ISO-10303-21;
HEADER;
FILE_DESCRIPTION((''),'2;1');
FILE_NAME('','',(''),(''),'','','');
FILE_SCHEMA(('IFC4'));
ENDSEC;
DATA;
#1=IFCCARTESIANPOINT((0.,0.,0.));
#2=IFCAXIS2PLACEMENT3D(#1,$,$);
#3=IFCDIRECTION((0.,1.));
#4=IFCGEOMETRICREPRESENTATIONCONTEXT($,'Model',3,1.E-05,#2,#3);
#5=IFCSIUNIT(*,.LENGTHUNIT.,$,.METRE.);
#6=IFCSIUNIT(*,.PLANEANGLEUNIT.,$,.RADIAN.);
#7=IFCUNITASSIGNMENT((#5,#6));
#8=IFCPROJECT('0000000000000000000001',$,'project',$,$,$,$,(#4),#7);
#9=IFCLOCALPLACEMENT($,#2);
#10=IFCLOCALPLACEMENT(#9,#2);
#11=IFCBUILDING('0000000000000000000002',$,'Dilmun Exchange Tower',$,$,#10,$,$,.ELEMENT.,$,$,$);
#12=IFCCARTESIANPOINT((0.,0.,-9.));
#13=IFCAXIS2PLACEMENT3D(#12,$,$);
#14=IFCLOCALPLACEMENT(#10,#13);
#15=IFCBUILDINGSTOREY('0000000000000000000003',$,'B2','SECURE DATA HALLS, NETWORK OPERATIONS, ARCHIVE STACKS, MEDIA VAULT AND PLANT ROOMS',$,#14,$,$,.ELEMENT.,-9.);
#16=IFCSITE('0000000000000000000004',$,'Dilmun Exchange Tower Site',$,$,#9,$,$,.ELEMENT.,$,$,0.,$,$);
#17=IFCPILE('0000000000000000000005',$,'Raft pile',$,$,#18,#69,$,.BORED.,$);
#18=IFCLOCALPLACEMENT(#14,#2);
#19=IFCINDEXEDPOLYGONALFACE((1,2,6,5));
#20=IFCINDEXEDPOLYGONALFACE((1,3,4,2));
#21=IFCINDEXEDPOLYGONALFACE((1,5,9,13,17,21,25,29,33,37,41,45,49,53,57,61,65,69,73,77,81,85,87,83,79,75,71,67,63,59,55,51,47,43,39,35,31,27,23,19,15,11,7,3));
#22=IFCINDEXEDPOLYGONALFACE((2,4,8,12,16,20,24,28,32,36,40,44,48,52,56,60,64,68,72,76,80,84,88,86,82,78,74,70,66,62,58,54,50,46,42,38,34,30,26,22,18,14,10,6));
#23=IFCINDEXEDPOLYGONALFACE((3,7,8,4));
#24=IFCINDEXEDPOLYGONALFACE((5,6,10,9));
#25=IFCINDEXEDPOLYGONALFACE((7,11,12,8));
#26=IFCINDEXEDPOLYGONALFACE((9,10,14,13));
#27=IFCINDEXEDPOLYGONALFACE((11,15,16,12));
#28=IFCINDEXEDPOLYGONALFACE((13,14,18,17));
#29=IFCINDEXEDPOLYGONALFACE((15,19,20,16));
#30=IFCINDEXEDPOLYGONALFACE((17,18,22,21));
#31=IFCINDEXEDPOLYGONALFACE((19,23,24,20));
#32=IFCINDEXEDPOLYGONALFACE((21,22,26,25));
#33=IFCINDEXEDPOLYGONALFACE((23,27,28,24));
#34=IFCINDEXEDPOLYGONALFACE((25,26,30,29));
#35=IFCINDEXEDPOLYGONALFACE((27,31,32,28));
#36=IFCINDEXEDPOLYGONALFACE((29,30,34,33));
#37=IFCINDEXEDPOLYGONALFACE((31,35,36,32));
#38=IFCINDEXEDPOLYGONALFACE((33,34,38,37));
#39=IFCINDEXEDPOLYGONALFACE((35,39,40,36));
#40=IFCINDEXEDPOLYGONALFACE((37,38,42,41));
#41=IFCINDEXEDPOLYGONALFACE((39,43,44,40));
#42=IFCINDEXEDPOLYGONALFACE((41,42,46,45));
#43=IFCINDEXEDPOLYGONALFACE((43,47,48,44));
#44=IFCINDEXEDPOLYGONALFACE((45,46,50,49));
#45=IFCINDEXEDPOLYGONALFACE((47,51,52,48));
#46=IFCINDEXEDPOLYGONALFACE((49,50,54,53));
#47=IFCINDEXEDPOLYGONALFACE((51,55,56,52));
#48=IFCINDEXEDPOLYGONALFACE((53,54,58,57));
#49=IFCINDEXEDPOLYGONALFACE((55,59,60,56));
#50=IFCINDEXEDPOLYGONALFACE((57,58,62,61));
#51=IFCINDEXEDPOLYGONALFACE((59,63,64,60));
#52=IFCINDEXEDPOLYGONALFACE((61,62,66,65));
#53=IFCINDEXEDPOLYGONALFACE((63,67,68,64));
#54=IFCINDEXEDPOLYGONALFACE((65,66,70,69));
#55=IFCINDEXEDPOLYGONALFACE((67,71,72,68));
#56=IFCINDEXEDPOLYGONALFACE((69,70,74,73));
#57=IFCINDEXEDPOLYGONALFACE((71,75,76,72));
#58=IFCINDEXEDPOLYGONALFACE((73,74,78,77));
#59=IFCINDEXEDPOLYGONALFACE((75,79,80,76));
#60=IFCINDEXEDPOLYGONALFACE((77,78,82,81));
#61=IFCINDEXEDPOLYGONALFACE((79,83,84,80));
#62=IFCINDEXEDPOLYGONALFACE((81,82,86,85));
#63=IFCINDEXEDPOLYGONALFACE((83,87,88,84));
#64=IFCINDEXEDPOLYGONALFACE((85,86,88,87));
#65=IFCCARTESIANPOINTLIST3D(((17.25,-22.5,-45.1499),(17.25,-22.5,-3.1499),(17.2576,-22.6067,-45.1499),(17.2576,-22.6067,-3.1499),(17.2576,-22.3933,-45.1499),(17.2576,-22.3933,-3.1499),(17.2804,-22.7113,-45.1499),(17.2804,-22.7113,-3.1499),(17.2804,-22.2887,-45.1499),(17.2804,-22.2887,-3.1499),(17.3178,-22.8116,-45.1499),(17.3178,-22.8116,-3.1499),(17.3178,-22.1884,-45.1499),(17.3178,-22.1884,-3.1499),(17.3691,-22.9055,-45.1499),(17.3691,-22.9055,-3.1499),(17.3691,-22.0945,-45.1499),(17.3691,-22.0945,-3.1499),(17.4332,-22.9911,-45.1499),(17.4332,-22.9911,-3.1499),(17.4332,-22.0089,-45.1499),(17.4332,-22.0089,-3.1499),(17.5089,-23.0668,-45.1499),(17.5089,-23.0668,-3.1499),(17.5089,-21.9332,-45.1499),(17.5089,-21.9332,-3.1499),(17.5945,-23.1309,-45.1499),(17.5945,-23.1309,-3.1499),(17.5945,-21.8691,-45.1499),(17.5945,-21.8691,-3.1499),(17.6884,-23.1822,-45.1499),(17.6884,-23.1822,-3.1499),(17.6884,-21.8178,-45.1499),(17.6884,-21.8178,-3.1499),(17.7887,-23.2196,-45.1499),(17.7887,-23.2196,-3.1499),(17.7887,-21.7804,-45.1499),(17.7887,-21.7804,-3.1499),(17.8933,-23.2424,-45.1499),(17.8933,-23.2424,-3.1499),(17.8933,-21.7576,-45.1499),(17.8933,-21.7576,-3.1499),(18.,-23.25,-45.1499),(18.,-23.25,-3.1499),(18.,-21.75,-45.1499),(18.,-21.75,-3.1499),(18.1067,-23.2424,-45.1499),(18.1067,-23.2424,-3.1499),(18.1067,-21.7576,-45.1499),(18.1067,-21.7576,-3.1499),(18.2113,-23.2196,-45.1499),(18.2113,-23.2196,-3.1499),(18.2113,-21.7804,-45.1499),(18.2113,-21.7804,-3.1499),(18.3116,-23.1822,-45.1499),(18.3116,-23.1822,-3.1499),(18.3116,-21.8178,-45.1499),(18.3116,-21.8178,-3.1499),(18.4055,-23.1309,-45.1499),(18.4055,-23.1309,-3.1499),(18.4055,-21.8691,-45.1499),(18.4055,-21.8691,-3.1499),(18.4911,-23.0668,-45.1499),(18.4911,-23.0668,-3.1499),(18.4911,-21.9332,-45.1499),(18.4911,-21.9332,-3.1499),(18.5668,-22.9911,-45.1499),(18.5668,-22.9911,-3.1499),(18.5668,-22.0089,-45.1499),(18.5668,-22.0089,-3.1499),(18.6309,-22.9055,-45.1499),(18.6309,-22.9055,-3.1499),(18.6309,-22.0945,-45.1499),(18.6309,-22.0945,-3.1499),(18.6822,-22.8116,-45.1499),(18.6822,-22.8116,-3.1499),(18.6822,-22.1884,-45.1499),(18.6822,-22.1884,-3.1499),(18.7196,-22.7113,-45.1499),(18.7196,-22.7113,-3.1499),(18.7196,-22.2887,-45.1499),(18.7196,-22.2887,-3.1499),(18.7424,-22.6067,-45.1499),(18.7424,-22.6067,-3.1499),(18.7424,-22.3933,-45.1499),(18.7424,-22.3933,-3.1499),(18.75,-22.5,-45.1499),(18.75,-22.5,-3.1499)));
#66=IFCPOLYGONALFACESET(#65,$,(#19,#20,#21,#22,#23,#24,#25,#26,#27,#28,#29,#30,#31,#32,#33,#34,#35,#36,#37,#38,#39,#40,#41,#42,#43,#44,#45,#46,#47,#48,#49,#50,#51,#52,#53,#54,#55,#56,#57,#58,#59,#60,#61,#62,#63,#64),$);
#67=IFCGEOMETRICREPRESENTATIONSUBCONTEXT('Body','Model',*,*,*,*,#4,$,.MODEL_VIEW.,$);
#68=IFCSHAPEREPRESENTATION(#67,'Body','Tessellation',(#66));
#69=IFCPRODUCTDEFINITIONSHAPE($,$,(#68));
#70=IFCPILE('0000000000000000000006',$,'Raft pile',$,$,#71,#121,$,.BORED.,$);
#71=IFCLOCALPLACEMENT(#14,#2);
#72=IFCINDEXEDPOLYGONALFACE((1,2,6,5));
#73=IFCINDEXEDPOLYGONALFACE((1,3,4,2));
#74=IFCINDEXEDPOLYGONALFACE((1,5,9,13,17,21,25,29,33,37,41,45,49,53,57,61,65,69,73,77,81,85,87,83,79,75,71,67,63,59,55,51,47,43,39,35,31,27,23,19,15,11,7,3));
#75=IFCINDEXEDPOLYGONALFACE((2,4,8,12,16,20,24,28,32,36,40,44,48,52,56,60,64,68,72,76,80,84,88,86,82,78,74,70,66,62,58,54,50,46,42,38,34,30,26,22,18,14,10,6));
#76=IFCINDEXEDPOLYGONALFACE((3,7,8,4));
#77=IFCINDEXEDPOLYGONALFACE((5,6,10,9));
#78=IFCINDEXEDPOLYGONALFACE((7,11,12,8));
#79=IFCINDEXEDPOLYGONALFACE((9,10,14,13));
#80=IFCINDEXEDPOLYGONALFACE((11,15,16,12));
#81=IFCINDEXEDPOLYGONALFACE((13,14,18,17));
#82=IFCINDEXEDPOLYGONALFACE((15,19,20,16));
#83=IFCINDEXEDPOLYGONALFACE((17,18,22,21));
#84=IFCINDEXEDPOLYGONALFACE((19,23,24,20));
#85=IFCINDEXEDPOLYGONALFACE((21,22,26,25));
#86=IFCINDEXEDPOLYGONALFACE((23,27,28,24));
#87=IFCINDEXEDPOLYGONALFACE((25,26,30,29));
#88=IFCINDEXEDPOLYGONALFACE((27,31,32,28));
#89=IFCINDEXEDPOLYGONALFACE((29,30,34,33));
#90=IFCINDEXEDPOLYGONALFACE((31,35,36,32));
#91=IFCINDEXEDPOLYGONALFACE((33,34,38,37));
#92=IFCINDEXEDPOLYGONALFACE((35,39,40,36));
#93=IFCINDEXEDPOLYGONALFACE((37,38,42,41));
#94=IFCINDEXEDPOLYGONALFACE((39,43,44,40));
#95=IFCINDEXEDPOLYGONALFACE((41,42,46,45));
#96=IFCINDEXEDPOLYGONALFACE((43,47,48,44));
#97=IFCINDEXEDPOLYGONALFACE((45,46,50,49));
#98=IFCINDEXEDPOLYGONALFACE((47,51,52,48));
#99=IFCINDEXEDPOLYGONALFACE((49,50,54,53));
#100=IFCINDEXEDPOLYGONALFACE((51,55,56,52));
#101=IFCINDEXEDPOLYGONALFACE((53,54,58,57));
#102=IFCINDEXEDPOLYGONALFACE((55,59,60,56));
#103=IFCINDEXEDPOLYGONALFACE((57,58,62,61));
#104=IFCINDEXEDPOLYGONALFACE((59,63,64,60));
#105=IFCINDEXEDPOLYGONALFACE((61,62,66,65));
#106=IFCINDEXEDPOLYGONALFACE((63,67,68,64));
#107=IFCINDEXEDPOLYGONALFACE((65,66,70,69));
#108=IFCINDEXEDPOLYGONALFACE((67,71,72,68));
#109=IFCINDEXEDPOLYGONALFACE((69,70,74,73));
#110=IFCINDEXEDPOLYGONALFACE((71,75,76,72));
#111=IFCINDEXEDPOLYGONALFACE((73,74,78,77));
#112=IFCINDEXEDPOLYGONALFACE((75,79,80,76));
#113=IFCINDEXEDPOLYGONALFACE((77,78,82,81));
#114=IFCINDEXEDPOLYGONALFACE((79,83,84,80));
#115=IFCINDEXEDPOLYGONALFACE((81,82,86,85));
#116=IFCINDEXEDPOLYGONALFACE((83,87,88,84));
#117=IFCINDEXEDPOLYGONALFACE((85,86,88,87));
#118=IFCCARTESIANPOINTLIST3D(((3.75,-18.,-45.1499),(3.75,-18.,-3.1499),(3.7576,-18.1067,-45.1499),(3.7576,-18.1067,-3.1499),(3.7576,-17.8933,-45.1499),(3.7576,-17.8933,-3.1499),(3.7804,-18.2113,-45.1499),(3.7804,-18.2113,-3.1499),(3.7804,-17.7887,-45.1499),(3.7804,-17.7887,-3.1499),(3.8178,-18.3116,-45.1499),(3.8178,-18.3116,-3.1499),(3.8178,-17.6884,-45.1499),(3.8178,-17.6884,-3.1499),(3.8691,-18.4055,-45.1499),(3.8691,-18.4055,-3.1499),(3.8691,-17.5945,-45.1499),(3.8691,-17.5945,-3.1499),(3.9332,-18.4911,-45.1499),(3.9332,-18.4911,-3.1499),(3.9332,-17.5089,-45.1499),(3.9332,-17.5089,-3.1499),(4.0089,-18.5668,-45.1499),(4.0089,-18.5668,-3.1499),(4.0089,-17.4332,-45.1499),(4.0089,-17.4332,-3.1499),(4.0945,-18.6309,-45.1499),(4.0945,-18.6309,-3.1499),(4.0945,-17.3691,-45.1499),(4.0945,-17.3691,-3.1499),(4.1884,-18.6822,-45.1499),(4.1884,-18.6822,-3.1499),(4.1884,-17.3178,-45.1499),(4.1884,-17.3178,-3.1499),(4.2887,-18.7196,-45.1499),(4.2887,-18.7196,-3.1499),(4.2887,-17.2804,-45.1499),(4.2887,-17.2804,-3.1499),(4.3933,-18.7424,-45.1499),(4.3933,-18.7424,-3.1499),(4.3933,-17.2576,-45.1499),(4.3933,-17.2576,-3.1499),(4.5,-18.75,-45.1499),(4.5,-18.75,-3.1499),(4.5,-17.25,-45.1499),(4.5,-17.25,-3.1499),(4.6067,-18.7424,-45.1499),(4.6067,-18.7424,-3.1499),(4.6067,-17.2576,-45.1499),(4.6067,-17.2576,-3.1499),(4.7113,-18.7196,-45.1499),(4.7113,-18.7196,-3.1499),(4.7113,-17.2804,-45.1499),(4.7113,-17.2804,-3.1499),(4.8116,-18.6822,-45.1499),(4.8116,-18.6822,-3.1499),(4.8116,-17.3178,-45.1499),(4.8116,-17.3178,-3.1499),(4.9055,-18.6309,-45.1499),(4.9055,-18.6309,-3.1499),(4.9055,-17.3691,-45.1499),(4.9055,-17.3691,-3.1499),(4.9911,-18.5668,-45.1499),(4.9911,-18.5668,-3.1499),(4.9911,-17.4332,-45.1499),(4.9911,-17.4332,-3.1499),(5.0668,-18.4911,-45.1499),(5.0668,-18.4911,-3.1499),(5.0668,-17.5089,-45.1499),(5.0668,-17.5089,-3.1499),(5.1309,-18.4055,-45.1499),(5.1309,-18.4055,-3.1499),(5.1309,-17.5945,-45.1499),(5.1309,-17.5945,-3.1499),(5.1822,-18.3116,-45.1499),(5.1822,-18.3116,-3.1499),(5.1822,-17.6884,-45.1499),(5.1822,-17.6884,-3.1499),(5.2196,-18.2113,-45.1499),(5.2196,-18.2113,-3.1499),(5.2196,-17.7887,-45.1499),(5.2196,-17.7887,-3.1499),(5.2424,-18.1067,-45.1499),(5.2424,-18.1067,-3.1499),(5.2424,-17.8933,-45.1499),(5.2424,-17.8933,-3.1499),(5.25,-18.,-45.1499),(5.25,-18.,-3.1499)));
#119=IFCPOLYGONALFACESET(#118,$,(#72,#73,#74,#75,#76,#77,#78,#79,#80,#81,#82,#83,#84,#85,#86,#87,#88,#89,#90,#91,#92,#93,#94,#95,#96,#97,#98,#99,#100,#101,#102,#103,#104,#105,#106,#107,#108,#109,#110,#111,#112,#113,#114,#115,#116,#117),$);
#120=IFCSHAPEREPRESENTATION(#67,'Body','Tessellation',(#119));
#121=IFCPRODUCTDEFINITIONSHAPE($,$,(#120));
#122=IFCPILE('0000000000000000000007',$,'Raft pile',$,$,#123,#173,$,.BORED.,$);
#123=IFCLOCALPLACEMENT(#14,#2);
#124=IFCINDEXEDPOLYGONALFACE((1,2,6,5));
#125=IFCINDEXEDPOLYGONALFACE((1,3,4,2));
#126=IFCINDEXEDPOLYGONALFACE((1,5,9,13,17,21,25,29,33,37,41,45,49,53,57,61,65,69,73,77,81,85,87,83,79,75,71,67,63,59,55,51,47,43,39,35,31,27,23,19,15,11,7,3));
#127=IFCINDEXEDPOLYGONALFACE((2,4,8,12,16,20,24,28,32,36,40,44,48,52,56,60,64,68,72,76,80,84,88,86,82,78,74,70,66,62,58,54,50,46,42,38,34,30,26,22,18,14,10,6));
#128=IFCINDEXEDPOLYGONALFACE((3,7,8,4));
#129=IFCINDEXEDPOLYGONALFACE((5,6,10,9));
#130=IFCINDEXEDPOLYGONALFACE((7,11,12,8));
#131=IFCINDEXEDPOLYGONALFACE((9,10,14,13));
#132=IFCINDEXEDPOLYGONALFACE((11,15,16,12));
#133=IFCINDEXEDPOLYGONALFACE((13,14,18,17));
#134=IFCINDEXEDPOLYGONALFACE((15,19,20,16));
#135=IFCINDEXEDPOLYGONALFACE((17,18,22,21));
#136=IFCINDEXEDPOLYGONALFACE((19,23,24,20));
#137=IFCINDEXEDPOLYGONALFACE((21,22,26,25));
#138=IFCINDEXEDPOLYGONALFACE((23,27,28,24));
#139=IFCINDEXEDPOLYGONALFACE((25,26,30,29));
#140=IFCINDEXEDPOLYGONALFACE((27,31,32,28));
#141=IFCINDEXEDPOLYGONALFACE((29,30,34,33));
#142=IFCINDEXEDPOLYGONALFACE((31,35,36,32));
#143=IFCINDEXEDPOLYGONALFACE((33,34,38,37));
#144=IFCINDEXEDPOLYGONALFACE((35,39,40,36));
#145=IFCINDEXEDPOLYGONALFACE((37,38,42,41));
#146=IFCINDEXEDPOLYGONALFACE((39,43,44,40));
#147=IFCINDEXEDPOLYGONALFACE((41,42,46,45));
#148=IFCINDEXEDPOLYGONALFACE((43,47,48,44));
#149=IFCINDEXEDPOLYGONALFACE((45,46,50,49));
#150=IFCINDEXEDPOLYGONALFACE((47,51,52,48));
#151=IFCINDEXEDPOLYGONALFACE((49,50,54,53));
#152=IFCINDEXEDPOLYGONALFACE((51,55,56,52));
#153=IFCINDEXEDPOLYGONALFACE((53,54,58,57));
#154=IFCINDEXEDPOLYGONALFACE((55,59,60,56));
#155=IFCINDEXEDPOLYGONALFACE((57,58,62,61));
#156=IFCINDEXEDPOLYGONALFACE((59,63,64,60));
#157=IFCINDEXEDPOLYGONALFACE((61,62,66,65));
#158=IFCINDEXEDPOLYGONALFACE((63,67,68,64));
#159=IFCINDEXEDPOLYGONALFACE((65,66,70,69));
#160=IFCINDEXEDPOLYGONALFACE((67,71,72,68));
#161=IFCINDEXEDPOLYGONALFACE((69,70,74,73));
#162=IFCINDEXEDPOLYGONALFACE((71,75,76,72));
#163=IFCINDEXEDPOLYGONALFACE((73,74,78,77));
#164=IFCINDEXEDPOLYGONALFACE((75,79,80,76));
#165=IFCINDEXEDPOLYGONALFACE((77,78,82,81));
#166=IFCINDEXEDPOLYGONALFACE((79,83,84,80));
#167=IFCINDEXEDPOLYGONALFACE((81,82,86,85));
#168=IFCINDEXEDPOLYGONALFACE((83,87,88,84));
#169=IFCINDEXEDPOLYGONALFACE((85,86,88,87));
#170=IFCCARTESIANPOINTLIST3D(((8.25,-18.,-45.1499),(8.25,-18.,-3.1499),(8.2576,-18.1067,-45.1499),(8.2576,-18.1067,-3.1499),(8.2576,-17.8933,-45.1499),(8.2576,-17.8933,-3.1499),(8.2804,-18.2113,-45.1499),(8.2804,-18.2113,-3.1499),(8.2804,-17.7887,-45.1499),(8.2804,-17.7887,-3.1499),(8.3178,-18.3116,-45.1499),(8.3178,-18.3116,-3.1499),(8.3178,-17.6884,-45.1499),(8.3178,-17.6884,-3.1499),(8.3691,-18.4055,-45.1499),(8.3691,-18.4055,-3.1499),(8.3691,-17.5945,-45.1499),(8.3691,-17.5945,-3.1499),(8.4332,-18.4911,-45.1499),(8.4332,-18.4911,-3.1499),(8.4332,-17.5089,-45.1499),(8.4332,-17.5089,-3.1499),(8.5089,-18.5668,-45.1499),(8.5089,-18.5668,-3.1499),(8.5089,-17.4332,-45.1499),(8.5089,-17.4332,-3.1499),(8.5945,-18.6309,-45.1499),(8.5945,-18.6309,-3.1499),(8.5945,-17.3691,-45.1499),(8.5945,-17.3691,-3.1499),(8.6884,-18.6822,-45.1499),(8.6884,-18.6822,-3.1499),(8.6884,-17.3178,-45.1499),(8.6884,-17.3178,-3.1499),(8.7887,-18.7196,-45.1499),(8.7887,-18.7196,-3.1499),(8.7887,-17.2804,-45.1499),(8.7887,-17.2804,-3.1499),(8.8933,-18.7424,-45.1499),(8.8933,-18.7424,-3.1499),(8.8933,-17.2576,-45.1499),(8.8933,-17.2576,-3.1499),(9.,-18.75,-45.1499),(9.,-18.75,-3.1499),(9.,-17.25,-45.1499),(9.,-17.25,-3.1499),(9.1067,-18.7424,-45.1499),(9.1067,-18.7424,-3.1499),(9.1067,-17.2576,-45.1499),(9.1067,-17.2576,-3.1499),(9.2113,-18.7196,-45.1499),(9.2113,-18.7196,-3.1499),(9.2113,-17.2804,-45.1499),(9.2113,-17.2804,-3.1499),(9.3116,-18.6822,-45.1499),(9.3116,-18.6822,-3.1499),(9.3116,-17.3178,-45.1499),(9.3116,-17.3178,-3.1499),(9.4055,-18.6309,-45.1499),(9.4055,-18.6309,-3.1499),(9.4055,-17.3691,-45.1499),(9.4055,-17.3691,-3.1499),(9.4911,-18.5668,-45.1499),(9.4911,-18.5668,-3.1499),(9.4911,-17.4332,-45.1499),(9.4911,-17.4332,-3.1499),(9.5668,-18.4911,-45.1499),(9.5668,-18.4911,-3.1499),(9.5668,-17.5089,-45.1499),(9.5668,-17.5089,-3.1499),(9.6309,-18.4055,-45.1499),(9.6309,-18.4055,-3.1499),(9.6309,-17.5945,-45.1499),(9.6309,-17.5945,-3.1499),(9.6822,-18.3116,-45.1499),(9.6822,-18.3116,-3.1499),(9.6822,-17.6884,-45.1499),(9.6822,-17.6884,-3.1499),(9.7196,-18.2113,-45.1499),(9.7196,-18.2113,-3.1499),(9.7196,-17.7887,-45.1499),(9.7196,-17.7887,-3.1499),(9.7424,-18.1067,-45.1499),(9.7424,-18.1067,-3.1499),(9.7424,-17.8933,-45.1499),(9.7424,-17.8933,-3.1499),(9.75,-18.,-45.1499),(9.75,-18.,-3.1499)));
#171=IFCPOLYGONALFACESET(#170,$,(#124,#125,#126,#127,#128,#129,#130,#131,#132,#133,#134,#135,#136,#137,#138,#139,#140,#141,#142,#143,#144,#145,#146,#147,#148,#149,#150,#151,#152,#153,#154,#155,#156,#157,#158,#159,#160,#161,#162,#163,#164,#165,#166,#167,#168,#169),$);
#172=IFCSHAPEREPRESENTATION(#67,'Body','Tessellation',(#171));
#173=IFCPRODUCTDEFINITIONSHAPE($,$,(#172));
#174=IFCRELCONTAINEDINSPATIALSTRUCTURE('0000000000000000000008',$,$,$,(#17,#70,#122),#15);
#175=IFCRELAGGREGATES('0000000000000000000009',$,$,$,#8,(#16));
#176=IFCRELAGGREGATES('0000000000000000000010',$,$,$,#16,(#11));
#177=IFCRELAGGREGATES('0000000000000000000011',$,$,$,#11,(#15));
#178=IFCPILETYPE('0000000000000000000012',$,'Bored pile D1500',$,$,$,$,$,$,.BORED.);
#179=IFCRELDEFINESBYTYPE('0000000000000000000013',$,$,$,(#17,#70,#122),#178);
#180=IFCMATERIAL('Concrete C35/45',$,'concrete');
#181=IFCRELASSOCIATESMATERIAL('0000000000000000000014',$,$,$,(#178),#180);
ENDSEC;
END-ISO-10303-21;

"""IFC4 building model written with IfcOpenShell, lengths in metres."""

from ifc_helpers import new_model, si_unit, direction, frame, origin, origin_2d, place, context, subcontext, project, spatial, circle, extrude, material, material_profile, profile_set, type_object, element, save


model = new_model("IFC4")

# Units and contexts
model_context = context("Model", 3, precision=1e-05, world=origin(), true_north=direction((0.0, 1.0)))
body_context = subcontext(model_context, "Body", "Model", "MODEL_VIEW")
ifc_project = project(units=[si_unit("LENGTHUNIT", "METRE"), si_unit("PLANEANGLEUNIT", "RADIAN")], contexts=[model_context])

# Site, building, storey
site_placement = place(None, origin())
site = spatial("IfcSite", under=ifc_project, at=site_placement, Name="Dilmun Exchange Tower Site", CompositionType="ELEMENT", RefElevation=0.0)
building_placement = place(site_placement, origin())
building = spatial("IfcBuilding", under=site, at=building_placement, Name="Dilmun Exchange Tower", CompositionType="ELEMENT")
storey_placement = place(building_placement, frame((0.0, 0.0, -9.0)))
storey = spatial("IfcBuildingStorey", under=building, at=storey_placement, Name="B2", Description="SECURE DATA HALLS, NETWORK OPERATIONS, ARCHIVE STACKS, MEDIA VAULT AND PLANT ROOMS", CompositionType="ELEMENT", Elevation=-9.0)

# Piles
ifc_material_1 = material(Name="Concrete C35/45", Category="concrete")
ifc_material_profile_1 = material_profile(ifc_material_1, circle(Radius=0.75, at=origin_2d()), Name="D1500")
ifc_profile_set_1 = profile_set([ifc_material_profile_1], Name="Concrete C35/45")
pile_type = type_object("IfcPileType", Name="Bored pile D1500", PredefinedType="BORED", material=ifc_profile_set_1)
for number, where, z_axis, x_axis, name in (
    (1, (18.0, -22.5, -3.1499), (0.0, 0.0, -1.0), (1.0, 0.0, 0.0), "Raft pile"),
    (2, (4.5, -18.0, -3.1499), (0.0, 0.0, -1.0), (1.0, 0.0, 0.0), "Raft pile"),
    (3, (9.0, -18.0, -3.1499), (0.0, 0.0, -1.0), (1.0, 0.0, 0.0), "Raft pile"),
):
    element("IfcPile", number, at=place(storey_placement, frame(where, z_axis=z_axis, x_axis=x_axis)), inside=storey, type_object=pile_type, Name=name, PredefinedType="BORED", context=body_context, shape_type="SweptSolid", body=[
        extrude(circle(Radius=0.75, at=origin_2d()), origin(), (0.0, 0.0, 1.0), 42.0),
    ])

save(model, "model.ifc")
